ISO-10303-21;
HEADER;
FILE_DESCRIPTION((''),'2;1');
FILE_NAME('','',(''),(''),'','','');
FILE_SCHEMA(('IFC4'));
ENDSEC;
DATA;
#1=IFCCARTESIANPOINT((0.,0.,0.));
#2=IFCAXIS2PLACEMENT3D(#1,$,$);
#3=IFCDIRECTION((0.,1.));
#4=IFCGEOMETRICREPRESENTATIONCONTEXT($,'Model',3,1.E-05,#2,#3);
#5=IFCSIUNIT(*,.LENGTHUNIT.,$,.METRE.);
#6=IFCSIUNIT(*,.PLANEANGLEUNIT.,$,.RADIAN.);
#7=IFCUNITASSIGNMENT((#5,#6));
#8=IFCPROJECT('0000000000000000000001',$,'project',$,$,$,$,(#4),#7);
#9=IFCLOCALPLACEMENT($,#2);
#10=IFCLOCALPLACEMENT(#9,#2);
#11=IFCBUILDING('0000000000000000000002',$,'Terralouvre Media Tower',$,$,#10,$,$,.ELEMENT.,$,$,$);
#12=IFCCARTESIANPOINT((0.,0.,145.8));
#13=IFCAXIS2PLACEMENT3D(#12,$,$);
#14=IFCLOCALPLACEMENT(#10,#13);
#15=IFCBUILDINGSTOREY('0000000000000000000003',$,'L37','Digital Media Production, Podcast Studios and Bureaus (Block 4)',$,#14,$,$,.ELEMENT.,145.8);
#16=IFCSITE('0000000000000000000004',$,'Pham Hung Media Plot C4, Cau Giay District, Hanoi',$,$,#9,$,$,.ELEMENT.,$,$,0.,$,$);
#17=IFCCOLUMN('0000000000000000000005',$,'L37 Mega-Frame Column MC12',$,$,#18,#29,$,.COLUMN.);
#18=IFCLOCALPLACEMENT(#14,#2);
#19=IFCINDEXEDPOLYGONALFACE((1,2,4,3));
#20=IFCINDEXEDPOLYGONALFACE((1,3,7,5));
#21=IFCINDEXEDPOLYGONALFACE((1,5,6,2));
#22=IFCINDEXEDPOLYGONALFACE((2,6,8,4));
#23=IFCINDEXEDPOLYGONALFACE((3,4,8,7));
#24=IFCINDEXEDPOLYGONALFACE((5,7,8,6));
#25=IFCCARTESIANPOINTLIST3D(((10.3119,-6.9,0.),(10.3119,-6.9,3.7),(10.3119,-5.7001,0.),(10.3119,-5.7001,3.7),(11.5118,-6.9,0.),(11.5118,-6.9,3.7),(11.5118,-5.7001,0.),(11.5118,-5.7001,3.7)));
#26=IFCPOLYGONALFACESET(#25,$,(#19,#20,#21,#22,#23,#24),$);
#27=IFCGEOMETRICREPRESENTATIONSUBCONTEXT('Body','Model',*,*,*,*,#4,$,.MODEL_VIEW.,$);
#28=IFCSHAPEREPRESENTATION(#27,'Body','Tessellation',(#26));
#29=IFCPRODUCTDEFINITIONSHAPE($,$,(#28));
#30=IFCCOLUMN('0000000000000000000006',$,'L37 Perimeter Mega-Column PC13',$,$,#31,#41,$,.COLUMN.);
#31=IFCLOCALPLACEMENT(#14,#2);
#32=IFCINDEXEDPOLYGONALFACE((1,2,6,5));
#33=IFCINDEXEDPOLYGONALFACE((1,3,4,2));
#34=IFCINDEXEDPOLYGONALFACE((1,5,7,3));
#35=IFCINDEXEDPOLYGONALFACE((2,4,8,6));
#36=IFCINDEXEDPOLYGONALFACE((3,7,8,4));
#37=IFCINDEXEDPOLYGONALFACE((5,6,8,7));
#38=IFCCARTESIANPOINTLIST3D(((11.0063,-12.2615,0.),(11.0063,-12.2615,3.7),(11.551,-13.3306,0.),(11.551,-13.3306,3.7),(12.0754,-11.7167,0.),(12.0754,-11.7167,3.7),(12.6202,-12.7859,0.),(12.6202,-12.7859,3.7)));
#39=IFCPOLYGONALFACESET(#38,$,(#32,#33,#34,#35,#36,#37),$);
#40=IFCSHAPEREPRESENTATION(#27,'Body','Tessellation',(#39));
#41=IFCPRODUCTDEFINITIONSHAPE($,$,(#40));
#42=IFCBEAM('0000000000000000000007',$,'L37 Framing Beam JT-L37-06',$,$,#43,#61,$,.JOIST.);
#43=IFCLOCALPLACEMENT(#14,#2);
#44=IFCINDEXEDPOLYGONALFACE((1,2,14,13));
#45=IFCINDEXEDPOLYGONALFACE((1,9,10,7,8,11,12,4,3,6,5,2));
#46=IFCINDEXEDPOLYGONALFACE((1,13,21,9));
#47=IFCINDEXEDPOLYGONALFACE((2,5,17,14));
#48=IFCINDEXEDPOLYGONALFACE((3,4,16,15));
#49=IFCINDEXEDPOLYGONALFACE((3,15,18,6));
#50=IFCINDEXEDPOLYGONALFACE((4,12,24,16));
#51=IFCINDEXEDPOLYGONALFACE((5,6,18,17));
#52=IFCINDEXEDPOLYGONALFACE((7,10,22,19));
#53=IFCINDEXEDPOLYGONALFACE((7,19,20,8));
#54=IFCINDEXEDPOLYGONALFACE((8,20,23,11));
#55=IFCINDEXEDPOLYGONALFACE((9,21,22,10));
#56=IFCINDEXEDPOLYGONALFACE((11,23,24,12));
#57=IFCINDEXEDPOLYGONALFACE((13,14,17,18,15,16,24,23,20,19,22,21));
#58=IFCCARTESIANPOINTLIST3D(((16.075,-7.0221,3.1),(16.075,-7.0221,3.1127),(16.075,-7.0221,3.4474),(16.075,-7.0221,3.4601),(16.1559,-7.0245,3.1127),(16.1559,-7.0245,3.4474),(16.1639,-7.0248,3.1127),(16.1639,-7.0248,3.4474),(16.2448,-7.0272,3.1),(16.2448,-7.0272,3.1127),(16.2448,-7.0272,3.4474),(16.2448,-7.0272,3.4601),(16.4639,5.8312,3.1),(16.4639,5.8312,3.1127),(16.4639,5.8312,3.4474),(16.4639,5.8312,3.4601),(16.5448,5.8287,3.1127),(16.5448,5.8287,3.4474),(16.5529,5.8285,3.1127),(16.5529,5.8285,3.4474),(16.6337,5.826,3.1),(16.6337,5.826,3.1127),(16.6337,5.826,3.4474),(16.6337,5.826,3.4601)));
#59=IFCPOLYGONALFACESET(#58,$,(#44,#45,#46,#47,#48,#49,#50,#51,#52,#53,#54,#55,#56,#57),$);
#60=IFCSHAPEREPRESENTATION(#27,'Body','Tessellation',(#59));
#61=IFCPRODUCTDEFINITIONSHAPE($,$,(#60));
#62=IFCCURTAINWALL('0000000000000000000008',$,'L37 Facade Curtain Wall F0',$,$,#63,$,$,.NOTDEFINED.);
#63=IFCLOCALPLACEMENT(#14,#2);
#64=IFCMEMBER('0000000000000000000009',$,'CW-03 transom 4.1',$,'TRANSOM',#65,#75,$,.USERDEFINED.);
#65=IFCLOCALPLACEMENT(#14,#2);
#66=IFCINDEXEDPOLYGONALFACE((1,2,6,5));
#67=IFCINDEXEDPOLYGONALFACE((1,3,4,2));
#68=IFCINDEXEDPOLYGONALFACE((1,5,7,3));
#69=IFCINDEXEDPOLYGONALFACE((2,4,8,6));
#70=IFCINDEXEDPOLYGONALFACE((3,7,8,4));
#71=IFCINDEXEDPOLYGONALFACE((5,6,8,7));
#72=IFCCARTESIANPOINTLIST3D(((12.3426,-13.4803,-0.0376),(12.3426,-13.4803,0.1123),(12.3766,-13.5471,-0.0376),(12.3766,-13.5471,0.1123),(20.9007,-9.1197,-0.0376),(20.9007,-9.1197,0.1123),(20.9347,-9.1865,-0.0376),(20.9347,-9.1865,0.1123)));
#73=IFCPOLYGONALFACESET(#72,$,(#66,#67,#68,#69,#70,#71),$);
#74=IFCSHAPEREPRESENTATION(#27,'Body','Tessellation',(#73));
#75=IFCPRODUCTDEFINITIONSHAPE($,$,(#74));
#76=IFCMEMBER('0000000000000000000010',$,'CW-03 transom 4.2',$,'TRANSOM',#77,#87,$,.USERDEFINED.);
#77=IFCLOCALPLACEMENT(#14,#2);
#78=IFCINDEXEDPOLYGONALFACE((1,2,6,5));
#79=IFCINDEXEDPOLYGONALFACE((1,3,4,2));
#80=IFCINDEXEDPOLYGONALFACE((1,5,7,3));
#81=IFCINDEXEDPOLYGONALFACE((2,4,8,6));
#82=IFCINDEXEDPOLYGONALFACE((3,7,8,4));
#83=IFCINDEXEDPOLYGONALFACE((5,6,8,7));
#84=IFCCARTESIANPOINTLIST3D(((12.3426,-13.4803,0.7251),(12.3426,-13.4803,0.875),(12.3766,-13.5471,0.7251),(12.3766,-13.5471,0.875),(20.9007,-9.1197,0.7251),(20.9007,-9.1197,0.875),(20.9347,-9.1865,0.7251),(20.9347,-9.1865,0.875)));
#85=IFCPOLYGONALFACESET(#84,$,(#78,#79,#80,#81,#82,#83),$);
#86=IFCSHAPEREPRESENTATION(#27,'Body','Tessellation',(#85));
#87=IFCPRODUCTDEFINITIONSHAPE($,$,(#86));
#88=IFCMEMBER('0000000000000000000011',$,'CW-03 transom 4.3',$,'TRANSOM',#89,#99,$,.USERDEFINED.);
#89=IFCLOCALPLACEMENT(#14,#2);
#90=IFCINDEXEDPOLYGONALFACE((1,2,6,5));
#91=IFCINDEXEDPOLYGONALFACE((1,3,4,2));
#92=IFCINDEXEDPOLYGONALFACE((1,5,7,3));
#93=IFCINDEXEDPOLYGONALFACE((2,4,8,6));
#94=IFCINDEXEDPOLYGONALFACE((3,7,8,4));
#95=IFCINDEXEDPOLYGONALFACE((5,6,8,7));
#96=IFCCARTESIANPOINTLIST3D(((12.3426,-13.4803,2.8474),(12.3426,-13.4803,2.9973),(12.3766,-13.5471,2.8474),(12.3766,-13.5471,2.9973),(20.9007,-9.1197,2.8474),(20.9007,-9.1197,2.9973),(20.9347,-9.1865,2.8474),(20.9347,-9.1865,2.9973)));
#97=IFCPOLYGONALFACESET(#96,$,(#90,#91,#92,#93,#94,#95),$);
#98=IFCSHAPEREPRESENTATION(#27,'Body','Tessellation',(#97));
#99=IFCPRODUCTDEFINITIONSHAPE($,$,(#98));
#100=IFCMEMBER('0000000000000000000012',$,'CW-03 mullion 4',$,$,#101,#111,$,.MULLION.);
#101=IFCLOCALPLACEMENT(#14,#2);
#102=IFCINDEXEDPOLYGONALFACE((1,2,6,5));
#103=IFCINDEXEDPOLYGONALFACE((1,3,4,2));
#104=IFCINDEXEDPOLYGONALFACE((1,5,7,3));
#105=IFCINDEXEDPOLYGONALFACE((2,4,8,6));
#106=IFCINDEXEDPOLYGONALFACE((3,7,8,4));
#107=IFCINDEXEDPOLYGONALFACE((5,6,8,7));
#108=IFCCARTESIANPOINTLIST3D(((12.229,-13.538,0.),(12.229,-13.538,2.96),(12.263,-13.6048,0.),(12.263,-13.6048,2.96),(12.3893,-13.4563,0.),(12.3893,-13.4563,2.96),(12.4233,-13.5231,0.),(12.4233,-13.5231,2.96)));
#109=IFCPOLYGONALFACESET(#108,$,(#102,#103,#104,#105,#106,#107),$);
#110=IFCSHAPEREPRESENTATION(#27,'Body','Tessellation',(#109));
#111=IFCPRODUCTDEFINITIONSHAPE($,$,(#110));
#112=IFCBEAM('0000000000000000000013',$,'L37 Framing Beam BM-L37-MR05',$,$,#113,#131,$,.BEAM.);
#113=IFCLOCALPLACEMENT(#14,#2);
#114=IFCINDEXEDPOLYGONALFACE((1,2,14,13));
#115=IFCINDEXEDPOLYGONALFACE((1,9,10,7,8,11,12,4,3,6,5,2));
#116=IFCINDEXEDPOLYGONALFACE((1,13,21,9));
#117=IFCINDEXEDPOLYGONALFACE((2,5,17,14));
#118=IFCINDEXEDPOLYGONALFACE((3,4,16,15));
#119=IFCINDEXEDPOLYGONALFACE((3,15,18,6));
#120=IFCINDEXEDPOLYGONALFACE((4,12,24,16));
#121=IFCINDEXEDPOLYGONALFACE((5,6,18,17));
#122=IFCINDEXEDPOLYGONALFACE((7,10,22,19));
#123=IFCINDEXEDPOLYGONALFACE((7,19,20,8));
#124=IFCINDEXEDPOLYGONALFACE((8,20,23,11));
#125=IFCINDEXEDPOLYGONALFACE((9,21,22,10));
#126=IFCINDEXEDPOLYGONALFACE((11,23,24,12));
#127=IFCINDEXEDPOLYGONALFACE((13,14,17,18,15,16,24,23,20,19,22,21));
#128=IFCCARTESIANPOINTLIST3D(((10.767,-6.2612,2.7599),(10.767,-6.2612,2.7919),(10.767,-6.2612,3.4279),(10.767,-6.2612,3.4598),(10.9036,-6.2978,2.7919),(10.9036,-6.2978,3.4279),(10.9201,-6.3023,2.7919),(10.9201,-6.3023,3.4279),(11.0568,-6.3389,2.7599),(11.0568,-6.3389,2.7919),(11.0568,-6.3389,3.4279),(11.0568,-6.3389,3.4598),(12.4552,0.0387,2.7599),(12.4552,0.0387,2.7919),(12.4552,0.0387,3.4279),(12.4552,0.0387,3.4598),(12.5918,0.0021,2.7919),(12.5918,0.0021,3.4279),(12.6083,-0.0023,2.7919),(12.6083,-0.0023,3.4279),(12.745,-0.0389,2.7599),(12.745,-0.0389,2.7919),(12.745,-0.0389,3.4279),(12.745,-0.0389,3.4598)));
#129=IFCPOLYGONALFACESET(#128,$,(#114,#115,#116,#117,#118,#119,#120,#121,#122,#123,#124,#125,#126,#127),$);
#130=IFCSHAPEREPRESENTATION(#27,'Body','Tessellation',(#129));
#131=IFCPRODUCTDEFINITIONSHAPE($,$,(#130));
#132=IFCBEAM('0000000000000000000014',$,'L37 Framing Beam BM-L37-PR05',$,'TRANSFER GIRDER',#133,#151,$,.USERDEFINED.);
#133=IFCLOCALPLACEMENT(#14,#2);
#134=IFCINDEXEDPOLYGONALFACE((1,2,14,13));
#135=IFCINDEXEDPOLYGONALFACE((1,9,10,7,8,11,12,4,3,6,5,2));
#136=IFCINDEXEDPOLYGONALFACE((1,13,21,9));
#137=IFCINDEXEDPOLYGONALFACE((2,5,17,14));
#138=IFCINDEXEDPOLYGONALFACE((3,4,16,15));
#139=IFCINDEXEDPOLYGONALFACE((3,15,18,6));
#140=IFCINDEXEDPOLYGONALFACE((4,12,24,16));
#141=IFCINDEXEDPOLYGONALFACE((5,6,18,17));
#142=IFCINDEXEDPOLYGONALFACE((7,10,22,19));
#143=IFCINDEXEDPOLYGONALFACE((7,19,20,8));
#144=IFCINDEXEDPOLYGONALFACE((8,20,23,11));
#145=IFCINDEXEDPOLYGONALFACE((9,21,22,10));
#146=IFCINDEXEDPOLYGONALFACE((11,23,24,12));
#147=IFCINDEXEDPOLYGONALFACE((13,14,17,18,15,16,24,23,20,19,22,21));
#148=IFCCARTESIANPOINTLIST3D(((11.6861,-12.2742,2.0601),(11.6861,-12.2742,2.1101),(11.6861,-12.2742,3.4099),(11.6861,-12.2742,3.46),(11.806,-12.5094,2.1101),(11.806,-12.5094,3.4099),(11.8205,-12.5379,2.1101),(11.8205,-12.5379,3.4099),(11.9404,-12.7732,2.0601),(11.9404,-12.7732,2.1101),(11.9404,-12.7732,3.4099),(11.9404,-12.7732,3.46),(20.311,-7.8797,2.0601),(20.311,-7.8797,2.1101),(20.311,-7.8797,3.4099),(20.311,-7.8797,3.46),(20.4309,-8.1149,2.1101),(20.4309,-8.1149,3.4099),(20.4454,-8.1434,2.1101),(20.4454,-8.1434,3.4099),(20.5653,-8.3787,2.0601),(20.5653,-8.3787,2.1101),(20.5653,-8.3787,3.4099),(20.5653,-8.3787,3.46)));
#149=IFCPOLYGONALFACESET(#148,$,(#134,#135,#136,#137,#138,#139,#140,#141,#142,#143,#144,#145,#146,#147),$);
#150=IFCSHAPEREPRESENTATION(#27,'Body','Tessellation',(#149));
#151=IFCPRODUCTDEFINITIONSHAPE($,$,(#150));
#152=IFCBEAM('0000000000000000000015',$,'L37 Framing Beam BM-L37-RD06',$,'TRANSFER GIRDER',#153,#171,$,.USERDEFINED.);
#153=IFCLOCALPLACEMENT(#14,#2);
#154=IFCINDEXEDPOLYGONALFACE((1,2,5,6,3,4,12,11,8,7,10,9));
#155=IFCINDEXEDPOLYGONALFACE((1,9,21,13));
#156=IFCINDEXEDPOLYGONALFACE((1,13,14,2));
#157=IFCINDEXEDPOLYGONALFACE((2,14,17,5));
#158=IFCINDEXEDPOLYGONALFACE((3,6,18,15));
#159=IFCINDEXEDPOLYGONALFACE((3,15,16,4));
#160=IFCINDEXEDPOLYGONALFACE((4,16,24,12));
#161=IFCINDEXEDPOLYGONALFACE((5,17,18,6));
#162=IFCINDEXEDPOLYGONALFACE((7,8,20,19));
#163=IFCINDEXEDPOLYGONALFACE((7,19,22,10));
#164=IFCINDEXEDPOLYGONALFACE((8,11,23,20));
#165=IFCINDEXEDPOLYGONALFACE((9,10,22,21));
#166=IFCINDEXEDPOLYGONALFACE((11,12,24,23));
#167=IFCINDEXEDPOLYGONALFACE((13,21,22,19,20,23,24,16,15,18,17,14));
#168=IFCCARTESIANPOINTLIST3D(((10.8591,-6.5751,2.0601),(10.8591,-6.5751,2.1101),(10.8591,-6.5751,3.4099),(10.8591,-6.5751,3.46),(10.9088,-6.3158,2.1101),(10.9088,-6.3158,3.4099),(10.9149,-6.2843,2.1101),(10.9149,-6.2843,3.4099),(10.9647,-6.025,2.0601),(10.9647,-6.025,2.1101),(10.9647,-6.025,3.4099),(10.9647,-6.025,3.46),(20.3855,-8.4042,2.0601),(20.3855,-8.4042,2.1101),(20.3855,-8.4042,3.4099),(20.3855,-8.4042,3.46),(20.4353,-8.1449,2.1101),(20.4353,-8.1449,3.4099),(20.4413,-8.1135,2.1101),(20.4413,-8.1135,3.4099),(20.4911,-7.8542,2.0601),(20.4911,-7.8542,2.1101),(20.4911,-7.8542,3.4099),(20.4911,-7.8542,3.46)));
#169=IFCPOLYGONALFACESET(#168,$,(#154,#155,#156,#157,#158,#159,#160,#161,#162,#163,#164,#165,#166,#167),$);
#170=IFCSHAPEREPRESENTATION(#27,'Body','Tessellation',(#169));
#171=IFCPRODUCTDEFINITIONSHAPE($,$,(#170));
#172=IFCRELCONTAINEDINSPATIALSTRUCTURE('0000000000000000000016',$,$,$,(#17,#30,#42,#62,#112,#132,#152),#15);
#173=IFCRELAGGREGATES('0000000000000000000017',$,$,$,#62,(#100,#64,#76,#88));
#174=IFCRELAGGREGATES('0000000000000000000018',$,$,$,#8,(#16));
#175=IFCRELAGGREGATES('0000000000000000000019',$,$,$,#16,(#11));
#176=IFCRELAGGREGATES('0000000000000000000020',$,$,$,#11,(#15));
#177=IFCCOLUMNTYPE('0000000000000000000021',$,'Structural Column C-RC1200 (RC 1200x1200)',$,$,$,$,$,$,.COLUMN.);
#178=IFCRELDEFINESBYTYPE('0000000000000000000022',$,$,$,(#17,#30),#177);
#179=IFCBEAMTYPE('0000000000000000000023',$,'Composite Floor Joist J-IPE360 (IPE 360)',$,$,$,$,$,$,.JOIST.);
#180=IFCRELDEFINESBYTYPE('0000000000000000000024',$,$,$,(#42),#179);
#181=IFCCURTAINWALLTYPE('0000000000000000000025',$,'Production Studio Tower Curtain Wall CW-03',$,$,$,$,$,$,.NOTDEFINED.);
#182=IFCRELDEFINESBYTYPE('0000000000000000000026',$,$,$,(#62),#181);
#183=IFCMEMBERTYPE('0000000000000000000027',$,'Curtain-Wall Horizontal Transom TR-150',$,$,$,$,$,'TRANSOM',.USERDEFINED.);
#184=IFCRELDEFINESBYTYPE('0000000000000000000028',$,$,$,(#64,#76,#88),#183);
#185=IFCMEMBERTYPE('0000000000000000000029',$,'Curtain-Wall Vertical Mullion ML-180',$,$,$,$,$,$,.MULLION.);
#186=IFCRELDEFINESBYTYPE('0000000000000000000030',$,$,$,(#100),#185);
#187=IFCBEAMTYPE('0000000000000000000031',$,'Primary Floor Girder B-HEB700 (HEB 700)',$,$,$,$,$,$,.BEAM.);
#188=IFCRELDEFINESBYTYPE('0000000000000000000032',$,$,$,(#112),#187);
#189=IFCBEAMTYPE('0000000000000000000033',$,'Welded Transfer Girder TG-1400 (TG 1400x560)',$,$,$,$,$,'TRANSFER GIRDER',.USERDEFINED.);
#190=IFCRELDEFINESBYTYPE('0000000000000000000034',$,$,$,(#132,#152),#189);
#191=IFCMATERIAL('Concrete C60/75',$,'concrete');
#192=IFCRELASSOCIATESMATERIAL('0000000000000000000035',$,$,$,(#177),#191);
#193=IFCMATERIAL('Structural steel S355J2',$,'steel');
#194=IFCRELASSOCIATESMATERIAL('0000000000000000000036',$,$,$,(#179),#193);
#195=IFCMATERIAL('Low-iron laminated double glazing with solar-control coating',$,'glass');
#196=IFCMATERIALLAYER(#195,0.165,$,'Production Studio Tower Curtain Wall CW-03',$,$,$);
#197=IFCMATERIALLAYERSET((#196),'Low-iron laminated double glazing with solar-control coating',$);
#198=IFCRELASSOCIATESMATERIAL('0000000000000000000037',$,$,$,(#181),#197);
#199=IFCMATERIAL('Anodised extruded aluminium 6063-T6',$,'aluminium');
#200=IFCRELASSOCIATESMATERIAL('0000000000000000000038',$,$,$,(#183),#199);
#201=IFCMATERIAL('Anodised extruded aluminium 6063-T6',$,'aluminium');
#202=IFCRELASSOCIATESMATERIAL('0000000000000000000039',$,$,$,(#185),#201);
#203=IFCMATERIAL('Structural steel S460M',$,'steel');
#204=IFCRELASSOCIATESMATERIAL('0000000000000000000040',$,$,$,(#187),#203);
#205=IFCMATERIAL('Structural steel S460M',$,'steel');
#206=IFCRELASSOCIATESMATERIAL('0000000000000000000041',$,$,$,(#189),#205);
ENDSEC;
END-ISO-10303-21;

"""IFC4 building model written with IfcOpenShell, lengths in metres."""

from ifc_helpers import new_model, si_unit, direction, frame, origin, origin_2d, place, context, subcontext, project, spatial, rectangle, i_section, extrude, material, layer, layer_set, material_profile, profile_set, type_object, element, aggregate, save


model = new_model("IFC4")

# Units and contexts
model_context = context("Model", 3, precision=1e-05, world=origin(), true_north=direction((0.0, 1.0)))
body_context = subcontext(model_context, "Body", "Model", "MODEL_VIEW")
ifc_project = project(units=[si_unit("LENGTHUNIT", "METRE"), si_unit("PLANEANGLEUNIT", "RADIAN")], contexts=[model_context])

# Site, building, storey
site_placement = place(None, origin())
site = spatial("IfcSite", under=ifc_project, at=site_placement, Name="Pham Hung Media Plot C4, Cau Giay District, Hanoi", CompositionType="ELEMENT", RefElevation=0.0)
building_placement = place(site_placement, origin())
building = spatial("IfcBuilding", under=site, at=building_placement, Name="Terralouvre Media Tower", CompositionType="ELEMENT")
storey_placement = place(building_placement, frame((0.0, 0.0, 145.8)))
storey = spatial("IfcBuildingStorey", under=building, at=storey_placement, Name="L37", Description="Digital Media Production, Podcast Studios and Bureaus (Block 4)", CompositionType="ELEMENT", Elevation=145.8)

# Columns
ifc_material_1 = material(Name="Concrete C60/75", Category="concrete")
ifc_material_profile_1 = material_profile(ifc_material_1, rectangle(XDim=1.2, YDim=1.2, at=origin_2d()), Name="RC 1200x1200")
ifc_profile_set_1 = profile_set([ifc_material_profile_1], Name="Concrete C60/75")
column_type = type_object("IfcColumnType", Name="Structural Column C-RC1200 (RC 1200x1200)", PredefinedType="COLUMN", material=ifc_profile_set_1)
for number, where, z_axis, x_axis, name in (
    (1, (10.9119, -6.3, 0.0), (0.0, 0.0, 1.0), (1.0, 0.0, 0.0), "L37 Mega-Frame Column MC12"),
    (2, (11.8132, -12.5237, 0.0), (0.0, 0.0, 1.0), (0.891007, 0.45399, 0.0), "L37 Perimeter Mega-Column PC13"),
):
    element("IfcColumn", number, at=place(storey_placement, frame(where, z_axis=z_axis, x_axis=x_axis)), inside=storey, type_object=column_type, Name=name, PredefinedType="COLUMN", context=body_context, shape_type="SweptSolid", body=[
        extrude(rectangle(XDim=1.2, YDim=1.2, at=origin_2d()), origin(), (0.0, 0.0, 1.0), 3.7),
    ])

# Beam
ifc_material_2 = material(Name="Structural steel S355J2", Category="steel")
ifc_material_profile_2 = material_profile(ifc_material_2, i_section(OverallWidth=0.1699, OverallDepth=0.3601, WebThickness=0.0081, FlangeThickness=0.0127, at=origin_2d()), Name="IPE 360")
ifc_profile_set_2 = profile_set([ifc_material_profile_2], Name="Structural steel S355J2")
beam_type_1 = type_object("IfcBeamType", Name="Composite Floor Joist J-IPE360 (IPE 360)", PredefinedType="JOIST", material=ifc_profile_set_2)
beam_1_placement = place(storey_placement, frame((16.1599, -7.0247, 3.28), z_axis=(0.030244, 0.999543, 0.0), x_axis=(-0.999543, 0.030244, 0.0)))
element("IfcBeam", 3, at=beam_1_placement, inside=storey, type_object=beam_type_1, Name="L37 Framing Beam JT-L37-06", PredefinedType="JOIST", context=body_context, shape_type="SweptSolid", body=[
    extrude(i_section(OverallWidth=0.1699, OverallDepth=0.3601, WebThickness=0.0081, FlangeThickness=0.0127, at=origin_2d()), origin(), (0.0, 0.0, 1.0), 12.8591),
])

# Curtain wall, members
ifc_material_3 = material(Name="Low-iron laminated double glazing with solar-control coating", Category="glass")
ifc_layer_1 = layer(ifc_material_3, 0.165, Name="Production Studio Tower Curtain Wall CW-03")
ifc_layer_set_1 = layer_set([ifc_layer_1], Name="Low-iron laminated double glazing with solar-control coating")
curtain_wall_type = type_object("IfcCurtainWallType", Name="Production Studio Tower Curtain Wall CW-03", PredefinedType="NOTDEFINED", material=ifc_layer_set_1)
curtain_wall_placement = place(storey_placement, origin())
curtain_wall = element("IfcCurtainWall", 4, at=curtain_wall_placement, inside=storey, type_object=curtain_wall_type, Name="L37 Facade Curtain Wall F0", PredefinedType="NOTDEFINED")
ifc_material_4 = material(Name="Anodised extruded aluminium 6063-T6", Category="aluminium")
ifc_material_profile_3 = material_profile(ifc_material_4, rectangle(XDim=0.075, YDim=0.1499, at=origin_2d()), Name="ALU 75x150")
ifc_profile_set_3 = profile_set([ifc_material_profile_3], Name="Anodised extruded aluminium 6063-T6")
member_type_1 = type_object("IfcMemberType", Name="Curtain-Wall Horizontal Transom TR-150", ElementType="TRANSOM", PredefinedType="USERDEFINED", material=ifc_profile_set_3)
member_1_placement = place(storey_placement, frame((12.3596, -13.5137, 0.0374), z_axis=(0.891006, 0.453992, 0.0), x_axis=(-0.453992, 0.891006, 0.0)))
member_1 = element("IfcMember", 5, at=member_1_placement, type_object=member_type_1, Name="CW-03 transom 4.1", ObjectType="TRANSOM", PredefinedType="USERDEFINED", context=body_context, shape_type="SweptSolid", body=[
    extrude(rectangle(XDim=0.075, YDim=0.1499, at=origin_2d()), origin(), (0.0, 0.0, 1.0), 9.605),
])
member_2_placement = place(storey_placement, frame((12.3596, -13.5137, 0.8), z_axis=(0.891006, 0.453992, 0.0), x_axis=(-0.453992, 0.891006, 0.0)))
member_2 = element("IfcMember", 6, at=member_2_placement, type_object=member_type_1, Name="CW-03 transom 4.2", ObjectType="TRANSOM", PredefinedType="USERDEFINED", context=body_context, shape_type="SweptSolid", body=[
    extrude(rectangle(XDim=0.075, YDim=0.1499, at=origin_2d()), origin(), (0.0, 0.0, 1.0), 9.605),
])
member_3_placement = place(storey_placement, frame((12.3596, -13.5137, 2.9224), z_axis=(0.891006, 0.453992, 0.0), x_axis=(-0.453992, 0.891006, 0.0)))
member_3 = element("IfcMember", 7, at=member_3_placement, type_object=member_type_1, Name="CW-03 transom 4.3", ObjectType="TRANSOM", PredefinedType="USERDEFINED", context=body_context, shape_type="SweptSolid", body=[
    extrude(rectangle(XDim=0.075, YDim=0.1499, at=origin_2d()), origin(), (0.0, 0.0, 1.0), 9.605),
])
ifc_material_5 = material(Name="Anodised extruded aluminium 6063-T6", Category="aluminium")
ifc_material_profile_4 = material_profile(ifc_material_5, rectangle(XDim=0.075, YDim=0.1799, at=origin_2d()), Name="ALU 75x180")
ifc_profile_set_4 = profile_set([ifc_material_profile_4], Name="Anodised extruded aluminium 6063-T6")
member_type_2 = type_object("IfcMemberType", Name="Curtain-Wall Vertical Mullion ML-180", PredefinedType="MULLION", material=ifc_profile_set_4)
member_4_placement = place(storey_placement, frame((12.3262, -13.5305, 0.0), z_axis=(0.0, 0.0, 1.0), x_axis=(-0.453991, 0.891007, 0.0)))
member_4 = element("IfcMember", 8, at=member_4_placement, type_object=member_type_2, Name="CW-03 mullion 4", PredefinedType="MULLION", context=body_context, shape_type="SweptSolid", body=[
    extrude(rectangle(XDim=0.075, YDim=0.1799, at=origin_2d()), origin(), (0.0, 0.0, 1.0), 2.96),
])

# Beams
ifc_material_6 = material(Name="Structural steel S460M", Category="steel")
ifc_material_profile_5 = material_profile(ifc_material_6, i_section(OverallWidth=0.3, OverallDepth=0.7, WebThickness=0.0171, FlangeThickness=0.032, at=origin_2d()), Name="HEB 700")
ifc_profile_set_5 = profile_set([ifc_material_profile_5], Name="Structural steel S460M")
beam_type_2 = type_object("IfcBeamType", Name="Primary Floor Girder B-HEB700 (HEB 700)", PredefinedType="BEAM", material=ifc_profile_set_5)
beam_2_placement = place(storey_placement, frame((10.9119, -6.3, 3.1099), z_axis=(0.258839, 0.96592, 0.0), x_axis=(-0.96592, 0.258839, 0.0)))
element("IfcBeam", 9, at=beam_2_placement, inside=storey, type_object=beam_type_2, Name="L37 Framing Beam BM-L37-MR05", PredefinedType="BEAM", context=body_context, shape_type="SweptSolid", body=[
    extrude(i_section(OverallWidth=0.3, OverallDepth=0.7, WebThickness=0.0171, FlangeThickness=0.032, at=origin_2d()), origin(), (0.0, 0.0, 1.0), 6.5222),
])
ifc_material_7 = material(Name="Structural steel S460M", Category="steel")
ifc_material_profile_6 = material_profile(ifc_material_7, i_section(OverallWidth=0.5601, OverallDepth=1.3999, WebThickness=0.032, FlangeThickness=0.05, at=origin_2d()), Name="TG 1400x560")
ifc_profile_set_6 = profile_set([ifc_material_profile_6], Name="Structural steel S460M")
beam_type_3 = type_object("IfcBeamType", Name="Welded Transfer Girder TG-1400 (TG 1400x560)", ElementType="TRANSFER GIRDER", PredefinedType="USERDEFINED", material=ifc_profile_set_6)
beam_3_placement = place(storey_placement, frame((11.8132, -12.5237, 2.76), z_axis=(0.891012, 0.45398, 0.0), x_axis=(-0.45398, 0.891012, 0.0)))
element("IfcBeam", 10, at=beam_3_placement, inside=storey, type_object=beam_type_3, Name="L37 Framing Beam BM-L37-PR05", ObjectType="TRANSFER GIRDER", PredefinedType="USERDEFINED", context=body_context, shape_type="SweptSolid", body=[
    extrude(i_section(OverallWidth=0.5601, OverallDepth=1.3999, WebThickness=0.032, FlangeThickness=0.05, at=origin_2d()), origin(), (0.0, 0.0, 1.0), 9.6799),
])
beam_4_placement = place(storey_placement, frame((10.9119, -6.3, 2.76), z_axis=(0.982062, -0.18856, 0.0), x_axis=(0.18856, 0.982062, 0.0)))
element("IfcBeam", 11, at=beam_4_placement, inside=storey, type_object=beam_type_3, Name="L37 Framing Beam BM-L37-RD06", ObjectType="TRANSFER GIRDER", PredefinedType="USERDEFINED", context=body_context, shape_type="SweptSolid", body=[
    extrude(i_section(OverallWidth=0.5601, OverallDepth=1.3999, WebThickness=0.032, FlangeThickness=0.05, at=origin_2d()), origin(), (0.0, 0.0, 1.0), 9.7004),
])

aggregate(curtain_wall, [member_4, member_1, member_2, member_3])

save(model, "model.ifc")
